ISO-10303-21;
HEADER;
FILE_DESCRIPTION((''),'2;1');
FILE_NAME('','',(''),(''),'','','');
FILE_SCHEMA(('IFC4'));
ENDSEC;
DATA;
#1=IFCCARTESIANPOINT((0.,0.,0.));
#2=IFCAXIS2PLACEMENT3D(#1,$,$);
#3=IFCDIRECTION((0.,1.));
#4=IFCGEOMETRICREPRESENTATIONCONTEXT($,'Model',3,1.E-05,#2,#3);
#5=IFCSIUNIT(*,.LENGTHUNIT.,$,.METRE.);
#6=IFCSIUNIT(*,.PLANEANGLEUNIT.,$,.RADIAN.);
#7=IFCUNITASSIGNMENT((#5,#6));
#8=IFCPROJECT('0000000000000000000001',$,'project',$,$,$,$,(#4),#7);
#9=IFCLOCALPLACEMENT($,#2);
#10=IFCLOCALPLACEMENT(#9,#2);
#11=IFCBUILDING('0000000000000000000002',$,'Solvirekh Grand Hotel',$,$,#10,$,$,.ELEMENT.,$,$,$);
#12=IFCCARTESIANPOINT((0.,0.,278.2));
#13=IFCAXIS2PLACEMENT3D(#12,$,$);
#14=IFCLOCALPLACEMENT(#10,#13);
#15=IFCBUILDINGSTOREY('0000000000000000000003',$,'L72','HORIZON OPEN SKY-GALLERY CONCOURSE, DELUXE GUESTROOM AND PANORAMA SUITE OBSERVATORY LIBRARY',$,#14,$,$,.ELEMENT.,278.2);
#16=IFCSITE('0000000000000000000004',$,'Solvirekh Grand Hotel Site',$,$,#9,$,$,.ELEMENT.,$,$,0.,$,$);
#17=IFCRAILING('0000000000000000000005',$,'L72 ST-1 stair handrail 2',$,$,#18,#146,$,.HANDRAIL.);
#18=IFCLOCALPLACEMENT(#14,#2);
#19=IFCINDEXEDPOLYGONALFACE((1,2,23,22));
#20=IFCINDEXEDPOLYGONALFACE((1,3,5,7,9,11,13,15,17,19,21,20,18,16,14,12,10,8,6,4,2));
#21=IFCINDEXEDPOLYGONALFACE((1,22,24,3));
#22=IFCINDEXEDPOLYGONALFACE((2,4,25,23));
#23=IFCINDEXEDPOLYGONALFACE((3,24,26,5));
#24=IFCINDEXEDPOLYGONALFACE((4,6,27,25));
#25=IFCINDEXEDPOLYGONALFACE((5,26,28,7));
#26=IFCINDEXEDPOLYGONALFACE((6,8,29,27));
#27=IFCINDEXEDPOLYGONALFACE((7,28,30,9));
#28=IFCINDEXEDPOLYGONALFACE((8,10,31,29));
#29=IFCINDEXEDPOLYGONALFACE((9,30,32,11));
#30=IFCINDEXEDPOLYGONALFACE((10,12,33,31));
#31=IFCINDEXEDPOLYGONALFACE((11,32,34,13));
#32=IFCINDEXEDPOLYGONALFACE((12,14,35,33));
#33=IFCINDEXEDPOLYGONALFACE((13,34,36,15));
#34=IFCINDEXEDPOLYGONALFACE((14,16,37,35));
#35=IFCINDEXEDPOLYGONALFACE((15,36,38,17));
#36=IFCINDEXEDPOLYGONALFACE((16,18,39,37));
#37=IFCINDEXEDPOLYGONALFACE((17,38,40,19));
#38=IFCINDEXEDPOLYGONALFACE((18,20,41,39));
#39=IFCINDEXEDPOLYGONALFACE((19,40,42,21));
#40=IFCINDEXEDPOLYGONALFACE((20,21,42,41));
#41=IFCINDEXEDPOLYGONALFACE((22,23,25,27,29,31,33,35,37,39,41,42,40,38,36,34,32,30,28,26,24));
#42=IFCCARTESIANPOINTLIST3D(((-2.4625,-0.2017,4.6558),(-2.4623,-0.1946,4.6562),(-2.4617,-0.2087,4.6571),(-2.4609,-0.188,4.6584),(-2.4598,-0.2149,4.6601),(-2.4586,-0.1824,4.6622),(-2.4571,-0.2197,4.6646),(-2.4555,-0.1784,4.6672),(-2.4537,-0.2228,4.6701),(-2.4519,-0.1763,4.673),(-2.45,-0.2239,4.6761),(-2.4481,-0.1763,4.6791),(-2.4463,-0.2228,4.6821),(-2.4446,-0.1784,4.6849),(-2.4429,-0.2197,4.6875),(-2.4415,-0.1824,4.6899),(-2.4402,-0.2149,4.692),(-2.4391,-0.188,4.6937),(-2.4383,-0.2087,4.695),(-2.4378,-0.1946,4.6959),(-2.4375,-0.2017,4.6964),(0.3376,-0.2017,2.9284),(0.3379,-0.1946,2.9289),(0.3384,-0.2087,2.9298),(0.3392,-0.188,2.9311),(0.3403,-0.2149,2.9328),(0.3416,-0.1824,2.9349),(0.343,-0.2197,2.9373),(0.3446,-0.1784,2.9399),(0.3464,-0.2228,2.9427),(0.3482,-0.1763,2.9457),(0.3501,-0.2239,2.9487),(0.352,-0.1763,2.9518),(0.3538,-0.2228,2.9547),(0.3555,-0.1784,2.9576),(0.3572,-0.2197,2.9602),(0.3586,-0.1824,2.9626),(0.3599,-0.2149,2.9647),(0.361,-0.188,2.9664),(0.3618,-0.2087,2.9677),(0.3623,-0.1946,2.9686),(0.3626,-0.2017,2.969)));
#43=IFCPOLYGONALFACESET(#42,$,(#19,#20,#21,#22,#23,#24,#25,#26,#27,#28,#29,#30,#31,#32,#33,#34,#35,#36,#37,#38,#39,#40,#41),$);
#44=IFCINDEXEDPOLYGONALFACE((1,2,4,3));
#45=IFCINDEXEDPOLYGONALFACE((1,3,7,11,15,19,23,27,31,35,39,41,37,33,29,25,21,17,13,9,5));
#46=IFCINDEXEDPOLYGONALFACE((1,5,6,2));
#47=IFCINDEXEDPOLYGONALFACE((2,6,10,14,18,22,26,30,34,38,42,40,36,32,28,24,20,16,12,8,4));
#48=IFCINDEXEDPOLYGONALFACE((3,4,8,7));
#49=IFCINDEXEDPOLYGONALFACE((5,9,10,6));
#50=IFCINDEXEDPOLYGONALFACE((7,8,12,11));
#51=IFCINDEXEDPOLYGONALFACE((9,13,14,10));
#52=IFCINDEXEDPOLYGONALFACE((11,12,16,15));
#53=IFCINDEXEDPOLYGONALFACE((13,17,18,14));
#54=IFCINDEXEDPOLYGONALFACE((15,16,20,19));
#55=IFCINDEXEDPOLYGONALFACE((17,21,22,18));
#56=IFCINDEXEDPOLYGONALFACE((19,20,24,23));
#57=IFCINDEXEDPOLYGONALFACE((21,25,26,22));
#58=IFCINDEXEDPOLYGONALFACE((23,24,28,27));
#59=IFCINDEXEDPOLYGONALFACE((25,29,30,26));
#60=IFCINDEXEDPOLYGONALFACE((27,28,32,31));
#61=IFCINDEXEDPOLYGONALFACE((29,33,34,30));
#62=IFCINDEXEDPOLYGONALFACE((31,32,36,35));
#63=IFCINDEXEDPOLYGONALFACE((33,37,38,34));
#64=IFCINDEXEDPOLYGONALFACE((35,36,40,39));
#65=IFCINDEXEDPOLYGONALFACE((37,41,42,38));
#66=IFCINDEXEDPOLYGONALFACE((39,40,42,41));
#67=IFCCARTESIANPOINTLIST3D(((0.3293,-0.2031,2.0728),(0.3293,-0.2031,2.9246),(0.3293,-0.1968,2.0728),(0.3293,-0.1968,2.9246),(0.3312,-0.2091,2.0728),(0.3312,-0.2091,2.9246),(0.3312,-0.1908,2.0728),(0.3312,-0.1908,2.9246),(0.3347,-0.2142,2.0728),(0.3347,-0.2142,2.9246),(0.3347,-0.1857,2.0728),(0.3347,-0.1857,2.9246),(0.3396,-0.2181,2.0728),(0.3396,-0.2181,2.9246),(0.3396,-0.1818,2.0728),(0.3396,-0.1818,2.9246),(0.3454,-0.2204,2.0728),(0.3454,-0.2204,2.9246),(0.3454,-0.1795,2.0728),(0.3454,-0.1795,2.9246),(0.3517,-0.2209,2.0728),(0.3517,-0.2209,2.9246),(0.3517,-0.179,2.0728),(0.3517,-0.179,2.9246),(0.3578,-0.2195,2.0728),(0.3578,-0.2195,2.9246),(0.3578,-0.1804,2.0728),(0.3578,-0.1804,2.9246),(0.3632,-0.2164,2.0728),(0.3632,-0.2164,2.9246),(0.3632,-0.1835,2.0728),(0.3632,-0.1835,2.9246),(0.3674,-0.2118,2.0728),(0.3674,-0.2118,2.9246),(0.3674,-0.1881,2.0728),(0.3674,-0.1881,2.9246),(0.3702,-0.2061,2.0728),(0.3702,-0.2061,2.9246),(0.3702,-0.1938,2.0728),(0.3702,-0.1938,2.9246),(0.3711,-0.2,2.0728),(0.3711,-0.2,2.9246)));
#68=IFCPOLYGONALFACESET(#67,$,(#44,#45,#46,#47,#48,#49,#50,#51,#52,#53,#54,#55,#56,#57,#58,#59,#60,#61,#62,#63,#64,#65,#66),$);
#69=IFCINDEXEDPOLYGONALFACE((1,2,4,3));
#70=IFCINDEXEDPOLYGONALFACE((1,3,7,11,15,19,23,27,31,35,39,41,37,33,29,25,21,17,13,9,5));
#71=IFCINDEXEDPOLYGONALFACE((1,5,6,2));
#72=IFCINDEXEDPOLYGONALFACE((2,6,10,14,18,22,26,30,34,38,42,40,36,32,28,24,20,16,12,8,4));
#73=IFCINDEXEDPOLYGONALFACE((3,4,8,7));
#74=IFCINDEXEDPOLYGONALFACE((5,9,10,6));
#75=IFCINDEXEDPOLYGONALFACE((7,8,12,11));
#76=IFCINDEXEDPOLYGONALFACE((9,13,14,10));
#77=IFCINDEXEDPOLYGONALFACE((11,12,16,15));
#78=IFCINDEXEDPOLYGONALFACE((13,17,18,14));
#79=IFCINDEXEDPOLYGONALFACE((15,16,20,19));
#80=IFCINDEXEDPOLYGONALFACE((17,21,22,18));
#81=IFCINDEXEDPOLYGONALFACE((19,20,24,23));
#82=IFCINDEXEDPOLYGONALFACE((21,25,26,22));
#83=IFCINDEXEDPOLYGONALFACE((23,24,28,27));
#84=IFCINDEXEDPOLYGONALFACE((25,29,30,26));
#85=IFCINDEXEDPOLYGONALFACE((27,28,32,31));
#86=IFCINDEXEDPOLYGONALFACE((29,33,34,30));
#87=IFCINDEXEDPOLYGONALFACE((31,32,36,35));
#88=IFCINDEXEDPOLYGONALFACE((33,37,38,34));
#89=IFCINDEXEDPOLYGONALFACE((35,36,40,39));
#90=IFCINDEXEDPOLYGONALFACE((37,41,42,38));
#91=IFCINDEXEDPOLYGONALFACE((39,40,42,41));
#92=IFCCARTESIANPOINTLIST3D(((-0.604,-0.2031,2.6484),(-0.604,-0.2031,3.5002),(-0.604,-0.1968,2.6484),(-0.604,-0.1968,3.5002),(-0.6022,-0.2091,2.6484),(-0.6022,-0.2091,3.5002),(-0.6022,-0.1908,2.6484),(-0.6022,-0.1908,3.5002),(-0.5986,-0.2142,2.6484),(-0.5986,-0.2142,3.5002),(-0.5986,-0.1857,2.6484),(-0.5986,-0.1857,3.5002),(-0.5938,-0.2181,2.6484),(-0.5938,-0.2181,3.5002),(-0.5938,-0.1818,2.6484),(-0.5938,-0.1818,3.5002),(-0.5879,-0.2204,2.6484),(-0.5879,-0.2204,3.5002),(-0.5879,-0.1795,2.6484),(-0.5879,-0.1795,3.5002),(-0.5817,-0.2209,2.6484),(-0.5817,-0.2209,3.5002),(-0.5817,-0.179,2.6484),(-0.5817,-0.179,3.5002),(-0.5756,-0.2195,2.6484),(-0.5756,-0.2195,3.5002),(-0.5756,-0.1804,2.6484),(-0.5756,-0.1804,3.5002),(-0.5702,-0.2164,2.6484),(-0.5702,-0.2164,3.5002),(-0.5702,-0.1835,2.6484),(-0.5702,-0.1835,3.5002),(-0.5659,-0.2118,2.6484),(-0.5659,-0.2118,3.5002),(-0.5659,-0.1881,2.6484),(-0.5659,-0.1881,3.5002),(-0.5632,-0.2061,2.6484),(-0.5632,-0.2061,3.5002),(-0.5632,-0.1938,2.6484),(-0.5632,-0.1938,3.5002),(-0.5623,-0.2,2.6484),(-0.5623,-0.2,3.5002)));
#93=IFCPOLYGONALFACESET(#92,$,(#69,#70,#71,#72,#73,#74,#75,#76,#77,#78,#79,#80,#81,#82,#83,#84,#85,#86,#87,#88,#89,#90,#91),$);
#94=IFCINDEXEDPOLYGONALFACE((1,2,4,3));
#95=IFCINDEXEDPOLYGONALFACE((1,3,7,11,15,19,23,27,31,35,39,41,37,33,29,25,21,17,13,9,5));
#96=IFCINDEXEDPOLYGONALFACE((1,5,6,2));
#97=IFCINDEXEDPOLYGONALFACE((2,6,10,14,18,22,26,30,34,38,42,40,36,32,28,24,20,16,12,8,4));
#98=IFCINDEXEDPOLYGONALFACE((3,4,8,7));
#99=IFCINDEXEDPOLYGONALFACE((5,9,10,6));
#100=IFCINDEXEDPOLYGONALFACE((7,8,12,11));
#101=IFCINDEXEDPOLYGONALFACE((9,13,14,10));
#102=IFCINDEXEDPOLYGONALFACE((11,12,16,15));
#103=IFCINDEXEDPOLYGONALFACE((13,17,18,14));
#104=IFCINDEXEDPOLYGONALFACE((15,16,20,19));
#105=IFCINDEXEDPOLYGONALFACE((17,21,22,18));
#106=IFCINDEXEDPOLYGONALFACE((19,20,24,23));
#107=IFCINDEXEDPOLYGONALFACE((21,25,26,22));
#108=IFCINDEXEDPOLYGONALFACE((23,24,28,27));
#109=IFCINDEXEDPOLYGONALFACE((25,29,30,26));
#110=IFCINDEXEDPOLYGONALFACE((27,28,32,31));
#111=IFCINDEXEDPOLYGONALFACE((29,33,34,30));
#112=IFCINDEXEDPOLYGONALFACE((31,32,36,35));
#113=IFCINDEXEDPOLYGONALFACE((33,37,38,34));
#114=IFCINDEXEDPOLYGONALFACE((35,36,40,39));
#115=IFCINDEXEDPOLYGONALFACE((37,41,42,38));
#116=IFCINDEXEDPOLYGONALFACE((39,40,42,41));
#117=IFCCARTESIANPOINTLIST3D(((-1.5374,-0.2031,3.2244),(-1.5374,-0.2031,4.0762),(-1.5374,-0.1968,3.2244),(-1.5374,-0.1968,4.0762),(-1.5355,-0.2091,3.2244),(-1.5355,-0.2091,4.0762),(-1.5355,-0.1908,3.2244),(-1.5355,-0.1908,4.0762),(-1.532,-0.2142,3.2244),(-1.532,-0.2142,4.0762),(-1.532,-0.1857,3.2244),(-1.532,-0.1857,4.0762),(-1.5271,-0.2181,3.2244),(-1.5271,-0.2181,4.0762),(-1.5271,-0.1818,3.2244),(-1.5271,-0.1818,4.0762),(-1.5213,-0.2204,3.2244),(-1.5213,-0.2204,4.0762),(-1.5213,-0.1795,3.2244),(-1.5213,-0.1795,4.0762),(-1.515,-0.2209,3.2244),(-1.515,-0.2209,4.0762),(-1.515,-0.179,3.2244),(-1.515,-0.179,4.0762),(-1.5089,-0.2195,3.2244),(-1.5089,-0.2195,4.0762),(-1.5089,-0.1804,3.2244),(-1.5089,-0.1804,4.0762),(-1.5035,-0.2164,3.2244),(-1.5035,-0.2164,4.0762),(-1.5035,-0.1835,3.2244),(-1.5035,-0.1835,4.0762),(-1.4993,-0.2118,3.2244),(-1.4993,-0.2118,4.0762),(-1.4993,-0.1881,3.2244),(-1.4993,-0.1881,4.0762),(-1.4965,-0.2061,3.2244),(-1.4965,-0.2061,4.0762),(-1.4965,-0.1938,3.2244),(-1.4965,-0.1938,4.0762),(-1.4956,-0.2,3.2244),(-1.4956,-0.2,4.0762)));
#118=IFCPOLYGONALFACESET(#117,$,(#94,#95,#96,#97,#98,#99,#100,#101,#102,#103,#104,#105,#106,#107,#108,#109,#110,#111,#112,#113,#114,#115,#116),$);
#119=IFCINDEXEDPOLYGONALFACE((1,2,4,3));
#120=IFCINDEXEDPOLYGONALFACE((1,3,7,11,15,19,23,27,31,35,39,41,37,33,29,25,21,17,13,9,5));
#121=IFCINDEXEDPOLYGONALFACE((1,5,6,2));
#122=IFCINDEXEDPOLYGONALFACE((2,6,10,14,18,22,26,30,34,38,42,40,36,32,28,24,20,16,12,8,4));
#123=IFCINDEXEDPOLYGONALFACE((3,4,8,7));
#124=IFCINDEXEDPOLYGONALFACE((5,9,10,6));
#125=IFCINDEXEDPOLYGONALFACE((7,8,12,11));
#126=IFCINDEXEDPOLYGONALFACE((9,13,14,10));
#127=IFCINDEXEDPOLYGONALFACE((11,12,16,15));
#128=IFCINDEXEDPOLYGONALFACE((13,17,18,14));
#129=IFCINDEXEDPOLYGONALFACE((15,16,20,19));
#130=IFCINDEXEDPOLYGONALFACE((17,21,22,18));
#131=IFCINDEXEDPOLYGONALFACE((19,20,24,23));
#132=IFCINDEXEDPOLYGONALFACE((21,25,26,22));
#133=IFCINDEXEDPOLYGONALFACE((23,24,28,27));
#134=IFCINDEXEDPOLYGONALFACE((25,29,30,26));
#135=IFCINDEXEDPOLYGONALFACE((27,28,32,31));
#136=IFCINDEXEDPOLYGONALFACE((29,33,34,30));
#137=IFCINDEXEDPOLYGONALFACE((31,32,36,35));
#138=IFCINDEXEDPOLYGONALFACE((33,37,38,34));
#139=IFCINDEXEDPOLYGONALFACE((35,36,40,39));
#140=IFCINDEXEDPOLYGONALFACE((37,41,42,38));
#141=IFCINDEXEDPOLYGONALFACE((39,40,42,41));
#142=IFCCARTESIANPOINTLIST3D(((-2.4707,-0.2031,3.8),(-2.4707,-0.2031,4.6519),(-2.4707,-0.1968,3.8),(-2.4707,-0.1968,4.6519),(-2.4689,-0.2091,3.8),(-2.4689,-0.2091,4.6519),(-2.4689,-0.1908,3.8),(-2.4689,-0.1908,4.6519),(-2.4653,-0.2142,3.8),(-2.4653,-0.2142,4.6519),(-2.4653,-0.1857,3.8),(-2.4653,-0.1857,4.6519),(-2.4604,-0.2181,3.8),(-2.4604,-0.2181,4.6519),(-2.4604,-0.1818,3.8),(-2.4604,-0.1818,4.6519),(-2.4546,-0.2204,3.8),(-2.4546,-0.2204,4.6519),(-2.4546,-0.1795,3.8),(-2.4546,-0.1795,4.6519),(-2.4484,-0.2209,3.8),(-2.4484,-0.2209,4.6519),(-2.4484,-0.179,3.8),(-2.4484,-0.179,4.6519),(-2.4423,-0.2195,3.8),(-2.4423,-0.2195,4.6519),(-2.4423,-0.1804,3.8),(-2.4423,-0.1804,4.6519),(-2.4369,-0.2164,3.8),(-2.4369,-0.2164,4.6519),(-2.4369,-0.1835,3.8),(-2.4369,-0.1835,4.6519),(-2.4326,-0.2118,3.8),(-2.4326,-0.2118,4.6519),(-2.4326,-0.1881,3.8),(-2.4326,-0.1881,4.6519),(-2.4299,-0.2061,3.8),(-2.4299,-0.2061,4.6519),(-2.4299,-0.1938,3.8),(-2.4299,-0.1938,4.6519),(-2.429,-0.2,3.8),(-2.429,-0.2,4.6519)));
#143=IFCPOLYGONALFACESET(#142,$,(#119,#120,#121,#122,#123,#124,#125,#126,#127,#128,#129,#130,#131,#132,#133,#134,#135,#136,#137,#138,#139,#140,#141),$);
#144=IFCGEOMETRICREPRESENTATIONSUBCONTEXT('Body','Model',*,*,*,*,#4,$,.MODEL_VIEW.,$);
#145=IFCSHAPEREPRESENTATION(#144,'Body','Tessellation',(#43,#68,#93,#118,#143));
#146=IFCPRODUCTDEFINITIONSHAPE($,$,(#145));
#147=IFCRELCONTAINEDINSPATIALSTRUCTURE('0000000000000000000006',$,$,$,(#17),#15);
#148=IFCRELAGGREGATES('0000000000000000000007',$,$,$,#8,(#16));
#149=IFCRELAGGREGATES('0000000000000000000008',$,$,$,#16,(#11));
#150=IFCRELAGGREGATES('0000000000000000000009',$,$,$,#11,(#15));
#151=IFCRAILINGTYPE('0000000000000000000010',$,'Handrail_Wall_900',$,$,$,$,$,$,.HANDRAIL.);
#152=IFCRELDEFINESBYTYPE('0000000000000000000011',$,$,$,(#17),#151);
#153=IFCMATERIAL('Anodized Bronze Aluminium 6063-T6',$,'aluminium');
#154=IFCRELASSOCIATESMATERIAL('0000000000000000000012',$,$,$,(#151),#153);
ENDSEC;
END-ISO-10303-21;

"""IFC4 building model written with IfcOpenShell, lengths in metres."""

from ifc_helpers import new_model, si_unit, direction, frame, origin, origin_2d, place, context, subcontext, project, spatial, circle, extrude, material, type_object, element, save


model = new_model("IFC4")

# Units and contexts
model_context = context("Model", 3, precision=1e-05, world=origin(), true_north=direction((0.0, 1.0)))
body_context = subcontext(model_context, "Body", "Model", "MODEL_VIEW")
ifc_project = project(units=[si_unit("LENGTHUNIT", "METRE"), si_unit("PLANEANGLEUNIT", "RADIAN")], contexts=[model_context])

# Site, building, storey
site_placement = place(None, origin())
site = spatial("IfcSite", under=ifc_project, at=site_placement, Name="Solvirekh Grand Hotel Site", CompositionType="ELEMENT", RefElevation=0.0)
building_placement = place(site_placement, origin())
building = spatial("IfcBuilding", under=site, at=building_placement, Name="Solvirekh Grand Hotel", CompositionType="ELEMENT")
storey_placement = place(building_placement, frame((0.0, 0.0, 278.2)))
storey = spatial("IfcBuildingStorey", under=building, at=storey_placement, Name="L72", Description="HORIZON OPEN SKY-GALLERY CONCOURSE, DELUXE GUESTROOM AND PANORAMA SUITE OBSERVATORY LIBRARY", CompositionType="ELEMENT", Elevation=278.2)

# Railing
ifc_material_1 = material(Name="Anodized Bronze Aluminium 6063-T6", Category="aluminium")
railing_type_1 = type_object("IfcRailingType", Name="Handrail_Wall_900", PredefinedType="HANDRAIL", material=ifc_material_1)
railing_1_placement = place(storey_placement, frame((0.3501, -0.2, 2.0728)))
element("IfcRailing", 1, at=railing_1_placement, inside=storey, type_object=railing_type_1, Name="L72 ST-1 stair handrail 2", PredefinedType="HANDRAIL", context=body_context, shape_type="SweptSolid", body=[
    extrude(circle(Radius=0.0239, at=origin_2d()), frame((0.0, 0.0, 0.876), z_axis=(-0.85109, 0.0, 0.52502), x_axis=(0.0, -1.0, 0.0)), (0.0, 0.0, 1.0), 3.29),
    extrude(circle(Radius=0.021, at=origin_2d()), origin(), (0.0, 0.0, 1.0), 0.8518),
    extrude(circle(Radius=0.021, at=origin_2d()), frame((-0.9333, 0.0, 0.5757)), (0.0, 0.0, 1.0), 0.8518),
    extrude(circle(Radius=0.021, at=origin_2d()), frame((-1.8667, 0.0, 1.1516)), (0.0, 0.0, 1.0), 0.8518),
    extrude(circle(Radius=0.021, at=origin_2d()), frame((-2.8, 0.0, 1.7273)), (0.0, 0.0, 1.0), 0.8518),
])

save(model, "model.ifc")
